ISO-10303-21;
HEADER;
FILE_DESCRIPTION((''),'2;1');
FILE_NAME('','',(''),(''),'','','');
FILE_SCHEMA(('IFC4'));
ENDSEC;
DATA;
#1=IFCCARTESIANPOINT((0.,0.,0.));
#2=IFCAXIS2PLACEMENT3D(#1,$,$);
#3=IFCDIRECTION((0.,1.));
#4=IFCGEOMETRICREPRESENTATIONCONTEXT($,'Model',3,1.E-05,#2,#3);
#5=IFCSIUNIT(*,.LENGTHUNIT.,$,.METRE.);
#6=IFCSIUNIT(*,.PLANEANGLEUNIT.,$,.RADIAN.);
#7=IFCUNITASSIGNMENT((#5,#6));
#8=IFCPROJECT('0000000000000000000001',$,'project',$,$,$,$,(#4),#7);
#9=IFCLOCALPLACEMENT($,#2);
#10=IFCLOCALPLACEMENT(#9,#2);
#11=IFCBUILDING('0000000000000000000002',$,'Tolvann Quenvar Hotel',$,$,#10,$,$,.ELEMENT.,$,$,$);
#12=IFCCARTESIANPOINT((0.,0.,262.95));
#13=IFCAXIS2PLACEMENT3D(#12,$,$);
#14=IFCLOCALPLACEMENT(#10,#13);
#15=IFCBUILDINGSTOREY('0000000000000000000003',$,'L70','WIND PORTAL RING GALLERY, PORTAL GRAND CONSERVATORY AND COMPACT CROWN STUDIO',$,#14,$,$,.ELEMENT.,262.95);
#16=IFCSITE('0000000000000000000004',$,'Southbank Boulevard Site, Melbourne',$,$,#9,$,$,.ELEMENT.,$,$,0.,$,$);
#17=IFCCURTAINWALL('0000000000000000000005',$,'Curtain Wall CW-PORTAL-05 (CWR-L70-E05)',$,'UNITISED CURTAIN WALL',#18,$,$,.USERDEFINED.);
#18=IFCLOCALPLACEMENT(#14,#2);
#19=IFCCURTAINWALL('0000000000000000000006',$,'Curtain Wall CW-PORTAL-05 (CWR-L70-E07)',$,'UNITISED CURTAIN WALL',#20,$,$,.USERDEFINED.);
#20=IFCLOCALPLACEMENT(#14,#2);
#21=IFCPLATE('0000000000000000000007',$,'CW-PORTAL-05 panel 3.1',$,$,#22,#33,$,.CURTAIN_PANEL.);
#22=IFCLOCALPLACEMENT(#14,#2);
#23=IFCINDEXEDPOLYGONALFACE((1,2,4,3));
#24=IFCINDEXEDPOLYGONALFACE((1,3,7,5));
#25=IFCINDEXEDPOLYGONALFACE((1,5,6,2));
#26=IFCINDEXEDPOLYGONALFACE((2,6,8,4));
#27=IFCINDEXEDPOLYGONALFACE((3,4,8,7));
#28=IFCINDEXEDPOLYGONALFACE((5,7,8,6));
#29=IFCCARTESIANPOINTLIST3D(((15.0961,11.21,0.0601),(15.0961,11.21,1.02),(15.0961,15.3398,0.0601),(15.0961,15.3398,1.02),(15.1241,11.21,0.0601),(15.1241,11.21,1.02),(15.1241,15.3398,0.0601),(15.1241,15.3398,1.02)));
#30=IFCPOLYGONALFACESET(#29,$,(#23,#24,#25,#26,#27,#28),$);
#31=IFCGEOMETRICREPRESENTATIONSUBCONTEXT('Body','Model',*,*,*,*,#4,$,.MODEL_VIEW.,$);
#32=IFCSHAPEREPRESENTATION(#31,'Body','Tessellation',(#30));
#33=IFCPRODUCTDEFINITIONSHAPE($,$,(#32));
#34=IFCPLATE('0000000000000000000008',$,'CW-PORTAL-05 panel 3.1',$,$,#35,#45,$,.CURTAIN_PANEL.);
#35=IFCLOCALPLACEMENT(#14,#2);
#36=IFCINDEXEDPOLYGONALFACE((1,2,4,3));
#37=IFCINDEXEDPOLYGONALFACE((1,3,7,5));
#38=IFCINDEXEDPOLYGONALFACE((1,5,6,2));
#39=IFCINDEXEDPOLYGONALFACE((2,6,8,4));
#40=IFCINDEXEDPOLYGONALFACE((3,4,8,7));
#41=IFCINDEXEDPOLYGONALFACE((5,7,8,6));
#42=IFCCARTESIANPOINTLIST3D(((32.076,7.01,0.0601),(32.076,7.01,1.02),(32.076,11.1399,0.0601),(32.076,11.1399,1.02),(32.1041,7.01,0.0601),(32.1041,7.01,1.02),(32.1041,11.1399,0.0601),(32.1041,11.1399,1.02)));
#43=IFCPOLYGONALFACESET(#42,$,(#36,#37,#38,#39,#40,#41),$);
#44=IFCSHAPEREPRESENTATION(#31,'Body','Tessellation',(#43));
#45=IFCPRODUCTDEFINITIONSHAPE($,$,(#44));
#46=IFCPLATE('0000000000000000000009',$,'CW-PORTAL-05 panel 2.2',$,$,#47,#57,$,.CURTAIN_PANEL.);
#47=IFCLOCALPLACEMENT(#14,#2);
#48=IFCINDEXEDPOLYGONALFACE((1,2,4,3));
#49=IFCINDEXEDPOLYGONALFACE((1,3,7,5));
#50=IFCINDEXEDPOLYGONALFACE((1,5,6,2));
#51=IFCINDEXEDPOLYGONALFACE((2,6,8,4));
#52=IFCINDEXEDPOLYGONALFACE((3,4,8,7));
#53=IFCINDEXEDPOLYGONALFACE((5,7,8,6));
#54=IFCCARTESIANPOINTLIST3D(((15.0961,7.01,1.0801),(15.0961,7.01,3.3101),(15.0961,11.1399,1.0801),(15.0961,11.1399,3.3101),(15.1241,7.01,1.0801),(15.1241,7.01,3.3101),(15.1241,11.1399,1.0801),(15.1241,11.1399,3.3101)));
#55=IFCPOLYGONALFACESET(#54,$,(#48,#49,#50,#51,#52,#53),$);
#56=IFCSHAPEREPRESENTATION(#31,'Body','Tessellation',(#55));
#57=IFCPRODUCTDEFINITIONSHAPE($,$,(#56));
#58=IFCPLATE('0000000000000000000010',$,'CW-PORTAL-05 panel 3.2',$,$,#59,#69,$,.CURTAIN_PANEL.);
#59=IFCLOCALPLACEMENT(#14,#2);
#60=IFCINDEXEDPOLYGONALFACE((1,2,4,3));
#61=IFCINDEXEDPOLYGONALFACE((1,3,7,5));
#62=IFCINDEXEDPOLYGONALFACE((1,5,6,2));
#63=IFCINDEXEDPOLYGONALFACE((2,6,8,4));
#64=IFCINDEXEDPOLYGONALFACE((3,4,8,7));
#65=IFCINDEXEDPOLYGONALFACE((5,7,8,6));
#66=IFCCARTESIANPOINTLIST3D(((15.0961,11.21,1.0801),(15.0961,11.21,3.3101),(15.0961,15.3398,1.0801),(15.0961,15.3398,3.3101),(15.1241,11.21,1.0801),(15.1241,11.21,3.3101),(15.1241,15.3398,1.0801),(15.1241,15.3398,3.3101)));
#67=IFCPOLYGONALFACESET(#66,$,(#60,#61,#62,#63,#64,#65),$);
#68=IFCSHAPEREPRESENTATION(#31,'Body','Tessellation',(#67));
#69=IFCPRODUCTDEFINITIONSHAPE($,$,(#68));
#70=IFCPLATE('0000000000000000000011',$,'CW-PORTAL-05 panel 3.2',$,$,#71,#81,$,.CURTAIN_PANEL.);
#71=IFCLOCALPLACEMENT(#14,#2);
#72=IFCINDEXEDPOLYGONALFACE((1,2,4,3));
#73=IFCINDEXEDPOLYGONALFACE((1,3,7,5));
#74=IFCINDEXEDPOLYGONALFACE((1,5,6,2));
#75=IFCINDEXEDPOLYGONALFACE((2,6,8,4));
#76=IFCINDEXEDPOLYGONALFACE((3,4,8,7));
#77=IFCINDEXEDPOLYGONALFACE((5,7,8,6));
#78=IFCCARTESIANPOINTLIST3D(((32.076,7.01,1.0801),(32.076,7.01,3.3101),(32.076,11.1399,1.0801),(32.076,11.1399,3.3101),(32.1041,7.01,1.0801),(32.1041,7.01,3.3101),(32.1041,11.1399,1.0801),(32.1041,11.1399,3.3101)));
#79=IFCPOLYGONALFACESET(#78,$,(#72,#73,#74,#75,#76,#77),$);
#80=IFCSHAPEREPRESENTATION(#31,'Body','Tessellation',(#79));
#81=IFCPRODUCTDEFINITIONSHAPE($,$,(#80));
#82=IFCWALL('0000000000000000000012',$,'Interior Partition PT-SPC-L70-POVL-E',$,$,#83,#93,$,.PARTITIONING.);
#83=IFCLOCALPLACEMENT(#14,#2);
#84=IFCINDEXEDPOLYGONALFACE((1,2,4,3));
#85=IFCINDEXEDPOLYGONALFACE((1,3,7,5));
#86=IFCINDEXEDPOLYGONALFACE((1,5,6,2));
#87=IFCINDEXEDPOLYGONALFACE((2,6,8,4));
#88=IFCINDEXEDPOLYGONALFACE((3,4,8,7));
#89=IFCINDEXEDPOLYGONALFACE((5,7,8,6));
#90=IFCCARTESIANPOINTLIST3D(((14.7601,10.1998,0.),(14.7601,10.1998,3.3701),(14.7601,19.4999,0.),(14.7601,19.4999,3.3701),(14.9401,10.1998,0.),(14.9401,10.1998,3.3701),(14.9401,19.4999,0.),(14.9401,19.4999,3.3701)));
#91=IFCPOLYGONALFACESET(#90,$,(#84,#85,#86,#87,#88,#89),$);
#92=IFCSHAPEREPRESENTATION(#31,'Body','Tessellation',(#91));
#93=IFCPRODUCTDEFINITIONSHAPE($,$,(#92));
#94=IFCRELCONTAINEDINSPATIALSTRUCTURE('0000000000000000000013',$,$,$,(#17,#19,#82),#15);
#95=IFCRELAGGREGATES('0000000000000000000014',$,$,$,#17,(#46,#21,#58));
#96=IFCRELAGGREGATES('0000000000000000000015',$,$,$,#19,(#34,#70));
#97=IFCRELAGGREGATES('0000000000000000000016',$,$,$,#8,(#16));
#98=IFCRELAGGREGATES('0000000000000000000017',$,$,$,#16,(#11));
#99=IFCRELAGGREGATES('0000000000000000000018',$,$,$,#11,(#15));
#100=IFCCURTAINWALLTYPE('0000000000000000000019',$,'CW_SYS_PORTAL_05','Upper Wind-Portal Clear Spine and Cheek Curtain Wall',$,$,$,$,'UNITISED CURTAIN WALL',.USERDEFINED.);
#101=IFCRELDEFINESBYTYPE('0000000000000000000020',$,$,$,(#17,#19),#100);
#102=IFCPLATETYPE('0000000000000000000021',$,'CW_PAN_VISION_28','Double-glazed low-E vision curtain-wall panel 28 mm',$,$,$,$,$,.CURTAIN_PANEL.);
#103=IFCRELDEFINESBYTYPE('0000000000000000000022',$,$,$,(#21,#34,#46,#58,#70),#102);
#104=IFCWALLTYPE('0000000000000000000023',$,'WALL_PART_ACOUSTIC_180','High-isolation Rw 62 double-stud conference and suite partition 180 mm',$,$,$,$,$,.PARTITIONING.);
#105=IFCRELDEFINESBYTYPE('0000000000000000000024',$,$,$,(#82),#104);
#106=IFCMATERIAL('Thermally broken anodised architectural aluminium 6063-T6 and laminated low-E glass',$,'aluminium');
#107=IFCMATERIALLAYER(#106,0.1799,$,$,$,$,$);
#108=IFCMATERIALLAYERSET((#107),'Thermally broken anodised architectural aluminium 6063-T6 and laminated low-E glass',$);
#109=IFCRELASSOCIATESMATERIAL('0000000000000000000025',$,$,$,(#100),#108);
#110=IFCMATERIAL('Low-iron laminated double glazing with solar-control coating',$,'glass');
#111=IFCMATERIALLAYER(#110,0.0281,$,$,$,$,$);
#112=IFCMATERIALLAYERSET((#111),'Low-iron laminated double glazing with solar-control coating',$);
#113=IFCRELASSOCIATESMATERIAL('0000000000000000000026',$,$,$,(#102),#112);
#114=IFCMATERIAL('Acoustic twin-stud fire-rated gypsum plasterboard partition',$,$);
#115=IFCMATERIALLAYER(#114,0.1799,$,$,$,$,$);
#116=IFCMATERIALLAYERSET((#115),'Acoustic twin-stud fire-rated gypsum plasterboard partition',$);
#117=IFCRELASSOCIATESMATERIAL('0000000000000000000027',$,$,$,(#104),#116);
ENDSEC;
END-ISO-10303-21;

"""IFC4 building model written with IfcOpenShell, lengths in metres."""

from ifc_helpers import new_model, si_unit, direction, frame, frame_2d, origin, origin_2d, place, context, subcontext, project, spatial, rectangle, extrude, source, transform, mapped, material, layer, layer_set, type_object, element, aggregate, save


model = new_model("IFC4")

# Units and contexts
model_context = context("Model", 3, precision=1e-05, world=origin(), true_north=direction((0.0, 1.0)))
body_context = subcontext(model_context, "Body", "Model", "MODEL_VIEW")
ifc_project = project(units=[si_unit("LENGTHUNIT", "METRE"), si_unit("PLANEANGLEUNIT", "RADIAN")], contexts=[model_context])

# Site, building, storey
site_placement = place(None, origin())
site = spatial("IfcSite", under=ifc_project, at=site_placement, Name="Southbank Boulevard Site, Melbourne", CompositionType="ELEMENT", RefElevation=0.0)
building_placement = place(site_placement, origin())
building = spatial("IfcBuilding", under=site, at=building_placement, Name="Tolvann Quenvar Hotel", CompositionType="ELEMENT")
storey_placement = place(building_placement, frame((0.0, 0.0, 262.95)))
storey = spatial("IfcBuildingStorey", under=building, at=storey_placement, Name="L70", Description="WIND PORTAL RING GALLERY, PORTAL GRAND CONSERVATORY AND COMPACT CROWN STUDIO", CompositionType="ELEMENT", Elevation=262.95)

# Curtain walls
ifc_material_1 = material(Name="Thermally broken anodised architectural aluminium 6063-T6 and laminated low-E glass", Category="aluminium")
ifc_layer_1 = layer(ifc_material_1, 0.1799)
ifc_layer_set_1 = layer_set([ifc_layer_1], Name="Thermally broken anodised architectural aluminium 6063-T6 and laminated low-E glass")
curtain_wall_type = type_object("IfcCurtainWallType", Name="CW_SYS_PORTAL_05", Description="Upper Wind-Portal Clear Spine and Cheek Curtain Wall", ElementType="UNITISED CURTAIN WALL", PredefinedType="USERDEFINED", material=ifc_layer_set_1)
curtain_wall_1_placement = place(storey_placement, origin())
curtain_wall_1 = element("IfcCurtainWall", 1, at=curtain_wall_1_placement, inside=storey, type_object=curtain_wall_type, Name="Curtain Wall CW-PORTAL-05 (CWR-L70-E05)", ObjectType="UNITISED CURTAIN WALL", PredefinedType="USERDEFINED")
curtain_wall_2_placement = place(storey_placement, origin())
curtain_wall_2 = element("IfcCurtainWall", 2, at=curtain_wall_2_placement, inside=storey, type_object=curtain_wall_type, Name="Curtain Wall CW-PORTAL-05 (CWR-L70-E07)", ObjectType="UNITISED CURTAIN WALL", PredefinedType="USERDEFINED")

# Plates
ifc_material_2 = material(Name="Low-iron laminated double glazing with solar-control coating", Category="glass")
ifc_layer_2 = layer(ifc_material_2, 0.0281)
ifc_layer_set_2 = layer_set([ifc_layer_2], Name="Low-iron laminated double glazing with solar-control coating")
plate_type = type_object("IfcPlateType", Name="CW_PAN_VISION_28", Description="Double-glazed low-E vision curtain-wall panel 28 mm", PredefinedType="CURTAIN_PANEL", material=ifc_layer_set_2)
shared_shape_1 = source(origin(), body_context, "Body", "SweptSolid", [
    extrude(rectangle(XDim=4.1299, YDim=0.0281, at=origin_2d()), origin(), (0.0, 0.0, 1.0), 0.96),
])
plate_1_placement = place(storey_placement, frame((15.1101, 13.2749, 0.0601), z_axis=(0.0, 0.0, 1.0), x_axis=(0.0, 1.0, 0.0)))
plate_1 = element("IfcPlate", 3, at=plate_1_placement, type_object=plate_type, Name="CW-PORTAL-05 panel 3.1", PredefinedType="CURTAIN_PANEL", context=body_context, shape_type="MappedRepresentation", body=[
    mapped(shared_shape_1, transform((0.0, 0.0, 0.0), x_axis=(1.0, 0.0, 0.0), y_axis=(0.0, 1.0, 0.0), z_axis=(0.0, 0.0, 1.0), scale=1.0)),
])
plate_2_placement = place(storey_placement, frame((32.0901, 9.075, 0.0601), z_axis=(0.0, 0.0, 1.0), x_axis=(0.0, -1.0, 0.0)))
plate_2 = element("IfcPlate", 4, at=plate_2_placement, type_object=plate_type, Name="CW-PORTAL-05 panel 3.1", PredefinedType="CURTAIN_PANEL", context=body_context, shape_type="MappedRepresentation", body=[
    mapped(shared_shape_1, transform((0.0, 0.0, 0.0), x_axis=(1.0, 0.0, 0.0), y_axis=(0.0, 1.0, 0.0), z_axis=(0.0, 0.0, 1.0), scale=1.0)),
])
shared_shape_2 = source(origin(), body_context, "Body", "SweptSolid", [
    extrude(rectangle(XDim=4.1299, YDim=0.0281, at=origin_2d()), origin(), (0.0, 0.0, 1.0), 2.23),
])
plate_3_placement = place(storey_placement, frame((15.1101, 9.075, 1.0801), z_axis=(0.0, 0.0, 1.0), x_axis=(0.0, 1.0, 0.0)))
plate_3 = element("IfcPlate", 5, at=plate_3_placement, type_object=plate_type, Name="CW-PORTAL-05 panel 2.2", PredefinedType="CURTAIN_PANEL", context=body_context, shape_type="MappedRepresentation", body=[
    mapped(shared_shape_2, transform((0.0, 0.0, 0.0), x_axis=(1.0, 0.0, 0.0), y_axis=(0.0, 1.0, 0.0), z_axis=(0.0, 0.0, 1.0), scale=1.0)),
])
plate_4_placement = place(storey_placement, frame((15.1101, 13.2749, 1.0801), z_axis=(0.0, 0.0, 1.0), x_axis=(0.0, 1.0, 0.0)))
plate_4 = element("IfcPlate", 6, at=plate_4_placement, type_object=plate_type, Name="CW-PORTAL-05 panel 3.2", PredefinedType="CURTAIN_PANEL", context=body_context, shape_type="MappedRepresentation", body=[
    mapped(shared_shape_2, transform((0.0, 0.0, 0.0), x_axis=(1.0, 0.0, 0.0), y_axis=(0.0, 1.0, 0.0), z_axis=(0.0, 0.0, 1.0), scale=1.0)),
])
aggregate(curtain_wall_1, [plate_3, plate_1, plate_4])
plate_5_placement = place(storey_placement, frame((32.0901, 9.075, 1.0801), z_axis=(0.0, 0.0, 1.0), x_axis=(0.0, -1.0, 0.0)))
plate_5 = element("IfcPlate", 7, at=plate_5_placement, type_object=plate_type, Name="CW-PORTAL-05 panel 3.2", PredefinedType="CURTAIN_PANEL", context=body_context, shape_type="MappedRepresentation", body=[
    mapped(shared_shape_2, transform((0.0, 0.0, 0.0), x_axis=(1.0, 0.0, 0.0), y_axis=(0.0, 1.0, 0.0), z_axis=(0.0, 0.0, 1.0), scale=1.0)),
])
aggregate(curtain_wall_2, [plate_2, plate_5])

# Wall
ifc_material_3 = material(Name="Acoustic twin-stud fire-rated gypsum plasterboard partition")
ifc_layer_3 = layer(ifc_material_3, 0.1799)
ifc_layer_set_3 = layer_set([ifc_layer_3], Name="Acoustic twin-stud fire-rated gypsum plasterboard partition")
wall_type = type_object("IfcWallType", Name="WALL_PART_ACOUSTIC_180", Description="High-isolation Rw 62 double-stud conference and suite partition 180 mm", PredefinedType="PARTITIONING", material=ifc_layer_set_3)
wall_placement = place(storey_placement, frame((14.8501, 10.2, 0.0), z_axis=(0.0, 0.0, 1.0), x_axis=(0.0, 1.0, 0.0)))
element("IfcWall", 8, at=wall_placement, inside=storey, type_object=wall_type, Name="Interior Partition PT-SPC-L70-POVL-E", PredefinedType="PARTITIONING", context=body_context, shape_type="SweptSolid", body=[
    extrude(rectangle(XDim=9.3, YDim=0.1799, at=frame_2d((4.6499, 0.0))), origin(), (0.0, 0.0, 1.0), 3.3701),
])

save(model, "model.ifc")
